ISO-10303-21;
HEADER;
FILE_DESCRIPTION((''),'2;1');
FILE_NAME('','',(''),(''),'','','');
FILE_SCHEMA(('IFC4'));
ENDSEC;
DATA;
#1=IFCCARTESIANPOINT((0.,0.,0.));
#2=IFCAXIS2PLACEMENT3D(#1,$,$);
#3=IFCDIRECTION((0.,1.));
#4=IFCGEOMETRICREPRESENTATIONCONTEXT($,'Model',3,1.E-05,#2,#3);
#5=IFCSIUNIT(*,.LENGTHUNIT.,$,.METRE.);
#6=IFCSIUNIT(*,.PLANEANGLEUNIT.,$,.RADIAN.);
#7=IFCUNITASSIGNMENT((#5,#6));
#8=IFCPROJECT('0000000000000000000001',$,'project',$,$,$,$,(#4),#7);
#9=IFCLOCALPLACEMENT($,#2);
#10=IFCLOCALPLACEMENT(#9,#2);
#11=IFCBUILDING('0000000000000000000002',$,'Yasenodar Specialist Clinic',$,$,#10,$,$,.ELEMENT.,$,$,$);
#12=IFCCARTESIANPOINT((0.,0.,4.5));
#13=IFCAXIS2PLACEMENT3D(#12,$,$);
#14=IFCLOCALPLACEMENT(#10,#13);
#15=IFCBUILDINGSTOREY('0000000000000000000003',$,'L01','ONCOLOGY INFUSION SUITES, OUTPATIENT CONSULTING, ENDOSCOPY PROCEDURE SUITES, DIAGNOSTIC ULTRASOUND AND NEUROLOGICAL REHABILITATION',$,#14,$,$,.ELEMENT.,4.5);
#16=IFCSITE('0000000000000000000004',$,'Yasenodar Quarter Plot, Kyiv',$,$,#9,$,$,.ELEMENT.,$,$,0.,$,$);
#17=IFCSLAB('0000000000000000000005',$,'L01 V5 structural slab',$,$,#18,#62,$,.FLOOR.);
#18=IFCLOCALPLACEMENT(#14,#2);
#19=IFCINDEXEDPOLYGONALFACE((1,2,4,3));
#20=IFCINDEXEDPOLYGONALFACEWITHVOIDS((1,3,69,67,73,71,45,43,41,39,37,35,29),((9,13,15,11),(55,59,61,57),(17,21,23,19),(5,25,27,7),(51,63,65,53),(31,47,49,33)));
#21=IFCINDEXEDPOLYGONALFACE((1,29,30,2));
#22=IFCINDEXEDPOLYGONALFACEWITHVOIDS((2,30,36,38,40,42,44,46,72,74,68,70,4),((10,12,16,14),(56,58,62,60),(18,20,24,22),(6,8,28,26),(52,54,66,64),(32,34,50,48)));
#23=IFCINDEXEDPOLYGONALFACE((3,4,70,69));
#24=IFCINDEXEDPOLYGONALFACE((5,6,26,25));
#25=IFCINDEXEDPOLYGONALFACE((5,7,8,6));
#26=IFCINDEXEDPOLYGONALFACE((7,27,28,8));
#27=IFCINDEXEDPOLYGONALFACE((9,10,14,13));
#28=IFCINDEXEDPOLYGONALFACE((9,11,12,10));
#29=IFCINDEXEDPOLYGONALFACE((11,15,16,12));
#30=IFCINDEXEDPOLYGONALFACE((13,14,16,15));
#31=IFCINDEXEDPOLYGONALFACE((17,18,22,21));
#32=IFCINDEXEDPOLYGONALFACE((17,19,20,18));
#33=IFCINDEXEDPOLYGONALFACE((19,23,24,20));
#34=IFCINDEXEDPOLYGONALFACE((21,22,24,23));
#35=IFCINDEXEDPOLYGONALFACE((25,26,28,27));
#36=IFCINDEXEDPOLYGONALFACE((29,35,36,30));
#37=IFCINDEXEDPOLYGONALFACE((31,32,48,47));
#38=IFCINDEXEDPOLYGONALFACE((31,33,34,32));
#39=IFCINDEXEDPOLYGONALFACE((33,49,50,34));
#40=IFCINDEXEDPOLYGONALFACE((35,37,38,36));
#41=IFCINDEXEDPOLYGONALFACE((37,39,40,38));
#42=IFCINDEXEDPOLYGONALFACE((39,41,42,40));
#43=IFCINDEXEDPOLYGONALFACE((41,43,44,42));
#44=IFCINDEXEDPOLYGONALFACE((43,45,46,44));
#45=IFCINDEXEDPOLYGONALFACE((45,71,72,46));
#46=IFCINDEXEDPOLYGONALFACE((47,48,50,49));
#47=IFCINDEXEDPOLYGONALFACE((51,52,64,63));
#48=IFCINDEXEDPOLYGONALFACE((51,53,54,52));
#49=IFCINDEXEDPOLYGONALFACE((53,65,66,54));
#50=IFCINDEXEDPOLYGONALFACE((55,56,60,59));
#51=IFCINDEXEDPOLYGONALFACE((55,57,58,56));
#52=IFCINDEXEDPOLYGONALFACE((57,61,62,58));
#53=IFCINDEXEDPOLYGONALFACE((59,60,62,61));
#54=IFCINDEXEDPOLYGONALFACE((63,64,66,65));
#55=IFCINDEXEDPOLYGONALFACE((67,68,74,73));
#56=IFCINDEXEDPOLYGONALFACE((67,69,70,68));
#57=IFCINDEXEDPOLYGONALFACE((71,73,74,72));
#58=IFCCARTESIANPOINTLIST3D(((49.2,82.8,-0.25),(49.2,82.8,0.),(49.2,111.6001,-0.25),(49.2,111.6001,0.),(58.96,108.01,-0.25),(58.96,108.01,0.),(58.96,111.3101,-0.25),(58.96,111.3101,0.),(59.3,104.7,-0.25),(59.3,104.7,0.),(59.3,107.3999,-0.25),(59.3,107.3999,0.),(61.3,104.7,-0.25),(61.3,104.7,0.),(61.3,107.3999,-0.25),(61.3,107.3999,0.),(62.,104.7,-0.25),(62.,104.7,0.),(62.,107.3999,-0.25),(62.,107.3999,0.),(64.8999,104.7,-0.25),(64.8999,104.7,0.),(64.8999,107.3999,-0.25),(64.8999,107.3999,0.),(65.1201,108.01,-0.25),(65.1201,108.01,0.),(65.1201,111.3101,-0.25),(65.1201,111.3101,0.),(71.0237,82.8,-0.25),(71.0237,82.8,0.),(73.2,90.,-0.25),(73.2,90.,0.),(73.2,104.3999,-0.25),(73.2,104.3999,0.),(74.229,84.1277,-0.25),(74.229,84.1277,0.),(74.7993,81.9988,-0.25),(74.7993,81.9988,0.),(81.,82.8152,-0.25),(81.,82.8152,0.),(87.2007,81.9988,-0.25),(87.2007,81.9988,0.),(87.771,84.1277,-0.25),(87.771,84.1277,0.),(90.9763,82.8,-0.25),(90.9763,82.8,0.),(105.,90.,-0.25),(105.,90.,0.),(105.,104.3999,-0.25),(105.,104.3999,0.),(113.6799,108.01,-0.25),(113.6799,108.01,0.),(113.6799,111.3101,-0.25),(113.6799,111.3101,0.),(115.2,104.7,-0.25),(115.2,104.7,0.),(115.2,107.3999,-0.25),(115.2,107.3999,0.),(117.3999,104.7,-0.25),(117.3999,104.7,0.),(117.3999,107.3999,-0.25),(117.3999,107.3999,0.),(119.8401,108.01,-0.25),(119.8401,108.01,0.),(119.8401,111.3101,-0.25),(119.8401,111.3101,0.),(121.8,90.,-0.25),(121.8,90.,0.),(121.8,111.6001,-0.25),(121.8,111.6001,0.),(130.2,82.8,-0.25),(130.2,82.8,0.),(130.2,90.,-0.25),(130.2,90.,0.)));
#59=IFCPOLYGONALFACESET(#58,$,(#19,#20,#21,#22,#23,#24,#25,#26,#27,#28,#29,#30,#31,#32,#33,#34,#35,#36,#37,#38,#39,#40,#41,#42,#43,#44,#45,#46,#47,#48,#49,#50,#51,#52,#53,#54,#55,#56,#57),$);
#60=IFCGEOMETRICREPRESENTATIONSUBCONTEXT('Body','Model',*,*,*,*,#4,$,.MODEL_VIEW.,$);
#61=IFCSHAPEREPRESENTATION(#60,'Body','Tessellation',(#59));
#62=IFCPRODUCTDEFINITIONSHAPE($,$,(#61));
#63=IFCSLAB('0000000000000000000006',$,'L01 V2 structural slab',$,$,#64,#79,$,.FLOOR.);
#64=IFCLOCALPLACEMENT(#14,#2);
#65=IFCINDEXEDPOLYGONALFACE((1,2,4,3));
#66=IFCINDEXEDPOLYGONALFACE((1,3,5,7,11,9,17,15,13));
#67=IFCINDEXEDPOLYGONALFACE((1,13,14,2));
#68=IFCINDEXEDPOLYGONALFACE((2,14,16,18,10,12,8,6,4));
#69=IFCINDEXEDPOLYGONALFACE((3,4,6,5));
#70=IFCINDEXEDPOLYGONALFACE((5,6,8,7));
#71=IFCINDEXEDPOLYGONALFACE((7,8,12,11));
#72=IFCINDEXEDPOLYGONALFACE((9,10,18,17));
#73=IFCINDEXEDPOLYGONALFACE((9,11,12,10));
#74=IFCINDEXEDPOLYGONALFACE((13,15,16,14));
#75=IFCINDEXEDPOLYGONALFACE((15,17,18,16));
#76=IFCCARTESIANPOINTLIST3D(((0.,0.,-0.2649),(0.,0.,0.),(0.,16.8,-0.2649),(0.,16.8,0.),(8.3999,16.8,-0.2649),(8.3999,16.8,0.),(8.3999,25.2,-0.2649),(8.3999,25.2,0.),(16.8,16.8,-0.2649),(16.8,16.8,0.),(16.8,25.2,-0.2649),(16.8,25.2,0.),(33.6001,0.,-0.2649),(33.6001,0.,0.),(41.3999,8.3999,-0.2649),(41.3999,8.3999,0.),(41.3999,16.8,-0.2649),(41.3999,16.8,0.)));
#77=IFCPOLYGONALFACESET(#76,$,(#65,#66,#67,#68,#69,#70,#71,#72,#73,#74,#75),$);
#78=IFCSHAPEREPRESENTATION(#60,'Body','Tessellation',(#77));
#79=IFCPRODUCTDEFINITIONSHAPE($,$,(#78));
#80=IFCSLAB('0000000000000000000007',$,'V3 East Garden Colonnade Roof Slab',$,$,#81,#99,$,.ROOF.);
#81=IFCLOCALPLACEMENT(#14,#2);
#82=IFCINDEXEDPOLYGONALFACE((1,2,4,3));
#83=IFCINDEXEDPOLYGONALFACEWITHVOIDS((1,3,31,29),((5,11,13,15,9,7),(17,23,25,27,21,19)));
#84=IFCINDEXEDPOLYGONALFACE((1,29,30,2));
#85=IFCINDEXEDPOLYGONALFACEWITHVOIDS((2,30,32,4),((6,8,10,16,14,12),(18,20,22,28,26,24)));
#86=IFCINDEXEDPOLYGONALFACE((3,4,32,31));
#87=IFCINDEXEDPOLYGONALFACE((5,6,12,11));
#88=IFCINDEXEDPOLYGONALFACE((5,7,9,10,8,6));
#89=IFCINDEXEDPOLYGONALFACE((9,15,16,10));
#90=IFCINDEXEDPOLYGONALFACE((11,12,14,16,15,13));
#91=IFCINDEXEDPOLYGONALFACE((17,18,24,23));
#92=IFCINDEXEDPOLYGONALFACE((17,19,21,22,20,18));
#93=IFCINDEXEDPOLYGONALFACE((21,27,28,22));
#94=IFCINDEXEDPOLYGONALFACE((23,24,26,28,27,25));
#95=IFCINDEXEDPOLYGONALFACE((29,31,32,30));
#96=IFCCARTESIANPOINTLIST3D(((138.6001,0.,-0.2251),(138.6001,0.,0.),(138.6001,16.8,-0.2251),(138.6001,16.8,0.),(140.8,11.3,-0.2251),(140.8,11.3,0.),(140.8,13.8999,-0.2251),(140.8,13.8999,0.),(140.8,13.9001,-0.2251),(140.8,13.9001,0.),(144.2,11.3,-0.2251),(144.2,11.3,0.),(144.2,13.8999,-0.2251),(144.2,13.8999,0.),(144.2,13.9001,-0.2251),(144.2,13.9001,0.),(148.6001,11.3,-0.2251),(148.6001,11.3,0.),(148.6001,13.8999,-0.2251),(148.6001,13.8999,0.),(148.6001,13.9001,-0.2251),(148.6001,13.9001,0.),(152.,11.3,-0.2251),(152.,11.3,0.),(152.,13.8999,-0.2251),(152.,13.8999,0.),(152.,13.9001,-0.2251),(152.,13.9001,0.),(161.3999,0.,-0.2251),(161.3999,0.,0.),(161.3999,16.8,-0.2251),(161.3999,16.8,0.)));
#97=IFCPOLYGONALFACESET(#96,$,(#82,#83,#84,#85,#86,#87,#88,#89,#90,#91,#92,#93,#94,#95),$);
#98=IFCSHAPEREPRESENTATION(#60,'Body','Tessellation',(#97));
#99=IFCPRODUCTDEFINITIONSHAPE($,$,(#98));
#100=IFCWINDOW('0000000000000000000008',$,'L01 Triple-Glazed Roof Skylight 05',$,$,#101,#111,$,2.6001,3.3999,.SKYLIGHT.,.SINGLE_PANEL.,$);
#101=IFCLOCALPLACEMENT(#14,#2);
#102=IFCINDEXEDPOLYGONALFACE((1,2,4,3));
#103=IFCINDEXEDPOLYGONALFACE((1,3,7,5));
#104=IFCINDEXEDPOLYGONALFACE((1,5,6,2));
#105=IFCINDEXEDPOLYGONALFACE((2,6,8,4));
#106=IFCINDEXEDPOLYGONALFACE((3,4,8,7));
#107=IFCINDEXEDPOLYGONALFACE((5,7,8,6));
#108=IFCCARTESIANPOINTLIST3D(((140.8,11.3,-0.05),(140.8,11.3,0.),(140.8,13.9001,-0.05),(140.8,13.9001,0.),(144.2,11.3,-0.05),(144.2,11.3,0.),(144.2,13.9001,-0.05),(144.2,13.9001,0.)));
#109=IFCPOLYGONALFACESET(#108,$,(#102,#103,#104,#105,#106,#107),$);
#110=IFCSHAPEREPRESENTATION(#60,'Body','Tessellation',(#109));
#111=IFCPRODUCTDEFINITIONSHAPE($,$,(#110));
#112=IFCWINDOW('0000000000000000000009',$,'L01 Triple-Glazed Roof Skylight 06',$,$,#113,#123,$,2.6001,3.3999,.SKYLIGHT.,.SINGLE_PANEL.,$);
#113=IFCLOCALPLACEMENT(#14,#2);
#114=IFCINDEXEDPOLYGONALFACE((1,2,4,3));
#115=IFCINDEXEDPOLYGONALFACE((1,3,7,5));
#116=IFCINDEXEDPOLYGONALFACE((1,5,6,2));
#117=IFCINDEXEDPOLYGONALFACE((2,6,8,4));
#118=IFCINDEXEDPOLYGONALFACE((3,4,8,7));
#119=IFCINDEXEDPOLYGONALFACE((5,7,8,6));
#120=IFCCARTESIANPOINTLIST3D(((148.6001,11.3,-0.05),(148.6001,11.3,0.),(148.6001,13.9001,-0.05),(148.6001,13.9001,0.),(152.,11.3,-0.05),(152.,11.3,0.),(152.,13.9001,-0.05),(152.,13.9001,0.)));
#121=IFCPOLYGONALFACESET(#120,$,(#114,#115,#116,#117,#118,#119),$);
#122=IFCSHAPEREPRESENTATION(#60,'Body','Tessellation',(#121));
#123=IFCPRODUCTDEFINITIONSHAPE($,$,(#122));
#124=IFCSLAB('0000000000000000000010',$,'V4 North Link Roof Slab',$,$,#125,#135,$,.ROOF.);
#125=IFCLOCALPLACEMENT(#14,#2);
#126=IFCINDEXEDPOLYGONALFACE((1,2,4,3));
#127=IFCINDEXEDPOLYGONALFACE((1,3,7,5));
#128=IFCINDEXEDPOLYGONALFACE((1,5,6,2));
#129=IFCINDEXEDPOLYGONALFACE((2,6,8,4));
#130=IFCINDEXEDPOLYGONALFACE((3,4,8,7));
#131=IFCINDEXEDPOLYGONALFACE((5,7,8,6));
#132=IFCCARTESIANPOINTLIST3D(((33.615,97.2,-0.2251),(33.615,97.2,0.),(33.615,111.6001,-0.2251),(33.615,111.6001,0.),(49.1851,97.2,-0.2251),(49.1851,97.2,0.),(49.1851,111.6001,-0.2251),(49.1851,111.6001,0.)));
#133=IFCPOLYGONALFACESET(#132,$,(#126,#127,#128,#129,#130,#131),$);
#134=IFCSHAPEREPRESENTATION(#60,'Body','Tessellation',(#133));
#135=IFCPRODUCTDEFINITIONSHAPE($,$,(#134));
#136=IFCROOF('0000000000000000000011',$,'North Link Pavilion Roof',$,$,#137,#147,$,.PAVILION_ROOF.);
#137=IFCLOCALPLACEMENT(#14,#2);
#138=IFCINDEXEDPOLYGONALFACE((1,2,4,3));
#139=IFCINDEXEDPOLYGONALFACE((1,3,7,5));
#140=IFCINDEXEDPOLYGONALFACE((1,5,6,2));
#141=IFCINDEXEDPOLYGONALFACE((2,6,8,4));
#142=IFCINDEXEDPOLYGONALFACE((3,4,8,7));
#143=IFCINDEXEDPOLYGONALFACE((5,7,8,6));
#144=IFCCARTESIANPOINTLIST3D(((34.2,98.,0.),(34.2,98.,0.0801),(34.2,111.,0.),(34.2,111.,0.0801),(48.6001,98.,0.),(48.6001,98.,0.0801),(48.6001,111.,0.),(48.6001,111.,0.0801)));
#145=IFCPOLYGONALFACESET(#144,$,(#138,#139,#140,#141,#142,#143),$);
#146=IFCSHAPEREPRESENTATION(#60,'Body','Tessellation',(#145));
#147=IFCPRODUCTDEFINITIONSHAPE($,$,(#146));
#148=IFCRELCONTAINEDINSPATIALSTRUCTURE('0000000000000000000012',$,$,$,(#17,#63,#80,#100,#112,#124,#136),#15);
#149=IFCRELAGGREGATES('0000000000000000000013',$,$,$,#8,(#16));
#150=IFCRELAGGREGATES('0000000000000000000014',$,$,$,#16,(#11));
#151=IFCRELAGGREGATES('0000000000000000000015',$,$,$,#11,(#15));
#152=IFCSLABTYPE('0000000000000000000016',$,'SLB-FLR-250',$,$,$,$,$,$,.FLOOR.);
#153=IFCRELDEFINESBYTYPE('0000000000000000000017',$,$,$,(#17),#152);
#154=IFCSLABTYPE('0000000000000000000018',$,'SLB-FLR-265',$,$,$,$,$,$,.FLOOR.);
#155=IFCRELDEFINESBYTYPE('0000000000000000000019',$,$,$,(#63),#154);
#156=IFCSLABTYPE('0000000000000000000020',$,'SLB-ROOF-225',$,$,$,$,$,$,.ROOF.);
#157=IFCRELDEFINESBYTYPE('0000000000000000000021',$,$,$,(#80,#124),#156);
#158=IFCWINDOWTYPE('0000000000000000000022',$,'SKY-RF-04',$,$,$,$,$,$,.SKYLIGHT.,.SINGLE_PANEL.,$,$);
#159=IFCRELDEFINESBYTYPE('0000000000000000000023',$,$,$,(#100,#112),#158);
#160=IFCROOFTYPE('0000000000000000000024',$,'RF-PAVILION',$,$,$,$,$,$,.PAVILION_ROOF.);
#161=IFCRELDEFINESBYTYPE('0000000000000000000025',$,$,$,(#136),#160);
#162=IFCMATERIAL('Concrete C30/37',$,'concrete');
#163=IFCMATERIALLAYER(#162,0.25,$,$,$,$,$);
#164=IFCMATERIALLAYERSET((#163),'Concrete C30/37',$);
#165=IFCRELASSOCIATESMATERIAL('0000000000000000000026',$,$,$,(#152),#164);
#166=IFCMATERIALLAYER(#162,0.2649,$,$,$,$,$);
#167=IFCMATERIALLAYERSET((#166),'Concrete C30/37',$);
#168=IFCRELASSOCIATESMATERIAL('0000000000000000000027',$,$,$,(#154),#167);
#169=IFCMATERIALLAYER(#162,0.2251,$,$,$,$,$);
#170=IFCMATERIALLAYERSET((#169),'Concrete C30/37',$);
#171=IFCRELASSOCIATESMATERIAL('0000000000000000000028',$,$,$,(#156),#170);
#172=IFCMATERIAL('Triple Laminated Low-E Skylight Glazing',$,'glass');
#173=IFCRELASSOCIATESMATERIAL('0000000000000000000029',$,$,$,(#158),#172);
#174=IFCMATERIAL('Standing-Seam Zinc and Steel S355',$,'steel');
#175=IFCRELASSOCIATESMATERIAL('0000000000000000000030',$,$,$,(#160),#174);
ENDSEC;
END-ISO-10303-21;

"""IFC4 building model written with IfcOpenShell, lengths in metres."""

from ifc_helpers import new_model, si_unit, direction, frame, origin, origin_2d, place, context, subcontext, project, spatial, polyline, rectangle, outline, extrude, material, layer, layer_set, type_object, element, fill, save


model = new_model("IFC4")

# Units and contexts
model_context = context("Model", 3, precision=1e-05, world=origin(), true_north=direction((0.0, 1.0)))
body_context = subcontext(model_context, "Body", "Model", "MODEL_VIEW")
ifc_project = project(units=[si_unit("LENGTHUNIT", "METRE"), si_unit("PLANEANGLEUNIT", "RADIAN")], contexts=[model_context])

# Site, building, storey
site_placement = place(None, origin())
site = spatial("IfcSite", under=ifc_project, at=site_placement, Name="Yasenodar Quarter Plot, Kyiv", CompositionType="ELEMENT", RefElevation=0.0)
building_placement = place(site_placement, origin())
building = spatial("IfcBuilding", under=site, at=building_placement, Name="Yasenodar Specialist Clinic", CompositionType="ELEMENT")
storey_placement = place(building_placement, frame((0.0, 0.0, 4.5)))
storey = spatial("IfcBuildingStorey", under=building, at=storey_placement, Name="L01", Description="ONCOLOGY INFUSION SUITES, OUTPATIENT CONSULTING, ENDOSCOPY PROCEDURE SUITES, DIAGNOSTIC ULTRASOUND AND NEUROLOGICAL REHABILITATION", CompositionType="ELEMENT", Elevation=4.5)

# Slabs
ifc_material_1 = material(Name="Concrete C30/37", Category="concrete")
ifc_layer_1 = layer(ifc_material_1, 0.25)
ifc_layer_set_1 = layer_set([ifc_layer_1], Name="Concrete C30/37")
slab_type_1 = type_object("IfcSlabType", Name="SLB-FLR-250", PredefinedType="FLOOR", material=ifc_layer_set_1)
slab_1_placement = place(storey_placement, frame((0.0, 0.0, -0.25)))
element("IfcSlab", 1, at=slab_1_placement, inside=storey, type_object=slab_type_1, Name="L01 V5 structural slab", PredefinedType="FLOOR", context=body_context, shape_type="SweptSolid", body=[
    extrude(outline(polyline([(49.2, 82.8), (49.2, 111.6001), (121.8, 111.6001), (121.8, 90.0), (130.2, 90.0), (130.2, 82.8), (90.9763, 82.8), (87.771, 84.1277), (87.2007, 81.9988), (81.0, 82.8152), (74.7993, 81.9988), (74.229, 84.1277), (71.0237, 82.8), (49.2, 82.8)]), holes=[polyline([(65.1201, 108.01), (65.1201, 111.3101), (58.96, 111.3101), (58.96, 108.01), (65.1201, 108.01)]), polyline([(119.8401, 108.01), (119.8401, 111.3101), (113.6799, 111.3101), (113.6799, 108.01), (119.8401, 108.01)]), polyline([(61.3, 104.7), (61.3, 107.3999), (59.3, 107.3999), (59.3, 104.7), (61.3, 104.7)]), polyline([(64.8999, 104.7), (64.8999, 107.3999), (62.0, 107.3999), (62.0, 104.7), (64.8999, 104.7)]), polyline([(117.3999, 104.7), (117.3999, 107.3999), (115.2, 107.3999), (115.2, 104.7), (117.3999, 104.7)]), polyline([(105.0, 90.0), (105.0, 104.3999), (73.2, 104.3999), (73.2, 90.0), (105.0, 90.0)])]), origin(), (0.0, 0.0, 1.0), 0.25),
])
ifc_layer_2 = layer(ifc_material_1, 0.2649)
ifc_layer_set_2 = layer_set([ifc_layer_2], Name="Concrete C30/37")
slab_type_2 = type_object("IfcSlabType", Name="SLB-FLR-265", PredefinedType="FLOOR", material=ifc_layer_set_2)
slab_2_placement = place(storey_placement, frame((0.0, 0.0, -0.2649)))
element("IfcSlab", 2, at=slab_2_placement, inside=storey, type_object=slab_type_2, Name="L01 V2 structural slab", PredefinedType="FLOOR", context=body_context, shape_type="SweptSolid", body=[
    extrude(outline(polyline([(0.0, 16.8), (8.3999, 16.8), (8.3999, 25.2), (16.8, 25.2), (16.8, 16.8), (41.3999, 16.8), (41.3999, 8.3999), (33.6001, 0.0), (0.0, 0.0), (0.0, 16.8)])), origin(), (0.0, 0.0, 1.0), 0.2649),
])

# Slab, openings, windows
ifc_layer_3 = layer(ifc_material_1, 0.2251)
ifc_layer_set_3 = layer_set([ifc_layer_3], Name="Concrete C30/37")
slab_type_3 = type_object("IfcSlabType", Name="SLB-ROOF-225", PredefinedType="ROOF", material=ifc_layer_set_3)
slab_3_placement = place(storey_placement, frame((0.0, 0.0, -0.2251)))
slab_3 = element("IfcSlab", 3, at=slab_3_placement, inside=storey, type_object=slab_type_3, Name="V3 East Garden Colonnade Roof Slab", PredefinedType="ROOF", context=body_context, shape_type="SweptSolid", body=[
    extrude(outline(polyline([(138.6001, 0.0), (161.3999, 0.0), (161.3999, 16.8), (138.6001, 16.8), (138.6001, 0.0)]), holes=[polyline([(140.8, 11.3), (144.2, 11.3), (144.2, 13.8999), (140.8, 13.8999), (140.8, 11.3)]), polyline([(148.6001, 11.3), (152.0, 11.3), (152.0, 13.8999), (148.6001, 13.8999), (148.6001, 11.3)])]), origin(), (0.0, 0.0, 1.0), 0.2251),
])
opening_1_placement = place(slab_3_placement, frame((142.5, 12.6001, -0.01)))
opening_1 = element("IfcOpeningElement", 4, at=opening_1_placement, cuts=slab_3, PredefinedType="OPENING", context=body_context, shape_type="SweptSolid", body=[
    extrude(rectangle(XDim=3.3999, YDim=2.6001, at=origin_2d()), origin(), (0.0, 0.0, 1.0), 0.2451),
])
opening_2_placement = place(slab_3_placement, frame((150.3, 12.6001, -0.01)))
opening_2 = element("IfcOpeningElement", 5, at=opening_2_placement, cuts=slab_3, PredefinedType="OPENING", context=body_context, shape_type="SweptSolid", body=[
    extrude(rectangle(XDim=3.3999, YDim=2.6001, at=origin_2d()), origin(), (0.0, 0.0, 1.0), 0.2451),
])
ifc_material_2 = material(Name="Triple Laminated Low-E Skylight Glazing", Category="glass")
window_type = type_object("IfcWindowType", Name="SKY-RF-04", PartitioningType="SINGLE_PANEL", PredefinedType="SKYLIGHT", material=ifc_material_2)
window_1_placement = place(slab_3_placement, frame((142.5, 12.6001, 0.175)))
window_1 = element("IfcWindow", 6, at=window_1_placement, inside=storey, type_object=window_type, Name="L01 Triple-Glazed Roof Skylight 05", OverallHeight=2.6001, OverallWidth=3.3999, PartitioningType="SINGLE_PANEL", PredefinedType="SKYLIGHT", context=body_context, shape_type="SweptSolid", body=[
    extrude(rectangle(XDim=3.3999, YDim=2.6001, at=origin_2d()), origin(), (0.0, 0.0, 1.0), 0.05),
])
fill(opening_1, window_1)
window_2_placement = place(slab_3_placement, frame((150.3, 12.6001, 0.175)))
window_2 = element("IfcWindow", 7, at=window_2_placement, inside=storey, type_object=window_type, Name="L01 Triple-Glazed Roof Skylight 06", OverallHeight=2.6001, OverallWidth=3.3999, PartitioningType="SINGLE_PANEL", PredefinedType="SKYLIGHT", context=body_context, shape_type="SweptSolid", body=[
    extrude(rectangle(XDim=3.3999, YDim=2.6001, at=origin_2d()), origin(), (0.0, 0.0, 1.0), 0.05),
])
fill(opening_2, window_2)

# Slab
slab_4_placement = place(storey_placement, frame((0.0, 0.0, -0.2251)))
element("IfcSlab", 8, at=slab_4_placement, inside=storey, type_object=slab_type_3, Name="V4 North Link Roof Slab", PredefinedType="ROOF", context=body_context, shape_type="SweptSolid", body=[
    extrude(outline(polyline([(33.615, 97.2), (33.615, 111.6001), (49.1851, 111.6001), (49.1851, 97.2), (33.615, 97.2)])), origin(), (0.0, 0.0, 1.0), 0.2251),
])

# Roof
ifc_material_3 = material(Name="Standing-Seam Zinc and Steel S355", Category="steel")
roof_type = type_object("IfcRoofType", Name="RF-PAVILION", PredefinedType="PAVILION_ROOF", material=ifc_material_3)
roof_placement = place(storey_placement, origin())
element("IfcRoof", 9, at=roof_placement, inside=storey, type_object=roof_type, Name="North Link Pavilion Roof", PredefinedType="PAVILION_ROOF", context=body_context, shape_type="SweptSolid", body=[
    extrude(outline(polyline([(34.2, 98.0), (48.6001, 98.0), (48.6001, 111.0), (34.2, 111.0), (34.2, 98.0)])), origin(), (0.0, 0.0, 1.0), 0.0801),
])

save(model, "model.ifc")
